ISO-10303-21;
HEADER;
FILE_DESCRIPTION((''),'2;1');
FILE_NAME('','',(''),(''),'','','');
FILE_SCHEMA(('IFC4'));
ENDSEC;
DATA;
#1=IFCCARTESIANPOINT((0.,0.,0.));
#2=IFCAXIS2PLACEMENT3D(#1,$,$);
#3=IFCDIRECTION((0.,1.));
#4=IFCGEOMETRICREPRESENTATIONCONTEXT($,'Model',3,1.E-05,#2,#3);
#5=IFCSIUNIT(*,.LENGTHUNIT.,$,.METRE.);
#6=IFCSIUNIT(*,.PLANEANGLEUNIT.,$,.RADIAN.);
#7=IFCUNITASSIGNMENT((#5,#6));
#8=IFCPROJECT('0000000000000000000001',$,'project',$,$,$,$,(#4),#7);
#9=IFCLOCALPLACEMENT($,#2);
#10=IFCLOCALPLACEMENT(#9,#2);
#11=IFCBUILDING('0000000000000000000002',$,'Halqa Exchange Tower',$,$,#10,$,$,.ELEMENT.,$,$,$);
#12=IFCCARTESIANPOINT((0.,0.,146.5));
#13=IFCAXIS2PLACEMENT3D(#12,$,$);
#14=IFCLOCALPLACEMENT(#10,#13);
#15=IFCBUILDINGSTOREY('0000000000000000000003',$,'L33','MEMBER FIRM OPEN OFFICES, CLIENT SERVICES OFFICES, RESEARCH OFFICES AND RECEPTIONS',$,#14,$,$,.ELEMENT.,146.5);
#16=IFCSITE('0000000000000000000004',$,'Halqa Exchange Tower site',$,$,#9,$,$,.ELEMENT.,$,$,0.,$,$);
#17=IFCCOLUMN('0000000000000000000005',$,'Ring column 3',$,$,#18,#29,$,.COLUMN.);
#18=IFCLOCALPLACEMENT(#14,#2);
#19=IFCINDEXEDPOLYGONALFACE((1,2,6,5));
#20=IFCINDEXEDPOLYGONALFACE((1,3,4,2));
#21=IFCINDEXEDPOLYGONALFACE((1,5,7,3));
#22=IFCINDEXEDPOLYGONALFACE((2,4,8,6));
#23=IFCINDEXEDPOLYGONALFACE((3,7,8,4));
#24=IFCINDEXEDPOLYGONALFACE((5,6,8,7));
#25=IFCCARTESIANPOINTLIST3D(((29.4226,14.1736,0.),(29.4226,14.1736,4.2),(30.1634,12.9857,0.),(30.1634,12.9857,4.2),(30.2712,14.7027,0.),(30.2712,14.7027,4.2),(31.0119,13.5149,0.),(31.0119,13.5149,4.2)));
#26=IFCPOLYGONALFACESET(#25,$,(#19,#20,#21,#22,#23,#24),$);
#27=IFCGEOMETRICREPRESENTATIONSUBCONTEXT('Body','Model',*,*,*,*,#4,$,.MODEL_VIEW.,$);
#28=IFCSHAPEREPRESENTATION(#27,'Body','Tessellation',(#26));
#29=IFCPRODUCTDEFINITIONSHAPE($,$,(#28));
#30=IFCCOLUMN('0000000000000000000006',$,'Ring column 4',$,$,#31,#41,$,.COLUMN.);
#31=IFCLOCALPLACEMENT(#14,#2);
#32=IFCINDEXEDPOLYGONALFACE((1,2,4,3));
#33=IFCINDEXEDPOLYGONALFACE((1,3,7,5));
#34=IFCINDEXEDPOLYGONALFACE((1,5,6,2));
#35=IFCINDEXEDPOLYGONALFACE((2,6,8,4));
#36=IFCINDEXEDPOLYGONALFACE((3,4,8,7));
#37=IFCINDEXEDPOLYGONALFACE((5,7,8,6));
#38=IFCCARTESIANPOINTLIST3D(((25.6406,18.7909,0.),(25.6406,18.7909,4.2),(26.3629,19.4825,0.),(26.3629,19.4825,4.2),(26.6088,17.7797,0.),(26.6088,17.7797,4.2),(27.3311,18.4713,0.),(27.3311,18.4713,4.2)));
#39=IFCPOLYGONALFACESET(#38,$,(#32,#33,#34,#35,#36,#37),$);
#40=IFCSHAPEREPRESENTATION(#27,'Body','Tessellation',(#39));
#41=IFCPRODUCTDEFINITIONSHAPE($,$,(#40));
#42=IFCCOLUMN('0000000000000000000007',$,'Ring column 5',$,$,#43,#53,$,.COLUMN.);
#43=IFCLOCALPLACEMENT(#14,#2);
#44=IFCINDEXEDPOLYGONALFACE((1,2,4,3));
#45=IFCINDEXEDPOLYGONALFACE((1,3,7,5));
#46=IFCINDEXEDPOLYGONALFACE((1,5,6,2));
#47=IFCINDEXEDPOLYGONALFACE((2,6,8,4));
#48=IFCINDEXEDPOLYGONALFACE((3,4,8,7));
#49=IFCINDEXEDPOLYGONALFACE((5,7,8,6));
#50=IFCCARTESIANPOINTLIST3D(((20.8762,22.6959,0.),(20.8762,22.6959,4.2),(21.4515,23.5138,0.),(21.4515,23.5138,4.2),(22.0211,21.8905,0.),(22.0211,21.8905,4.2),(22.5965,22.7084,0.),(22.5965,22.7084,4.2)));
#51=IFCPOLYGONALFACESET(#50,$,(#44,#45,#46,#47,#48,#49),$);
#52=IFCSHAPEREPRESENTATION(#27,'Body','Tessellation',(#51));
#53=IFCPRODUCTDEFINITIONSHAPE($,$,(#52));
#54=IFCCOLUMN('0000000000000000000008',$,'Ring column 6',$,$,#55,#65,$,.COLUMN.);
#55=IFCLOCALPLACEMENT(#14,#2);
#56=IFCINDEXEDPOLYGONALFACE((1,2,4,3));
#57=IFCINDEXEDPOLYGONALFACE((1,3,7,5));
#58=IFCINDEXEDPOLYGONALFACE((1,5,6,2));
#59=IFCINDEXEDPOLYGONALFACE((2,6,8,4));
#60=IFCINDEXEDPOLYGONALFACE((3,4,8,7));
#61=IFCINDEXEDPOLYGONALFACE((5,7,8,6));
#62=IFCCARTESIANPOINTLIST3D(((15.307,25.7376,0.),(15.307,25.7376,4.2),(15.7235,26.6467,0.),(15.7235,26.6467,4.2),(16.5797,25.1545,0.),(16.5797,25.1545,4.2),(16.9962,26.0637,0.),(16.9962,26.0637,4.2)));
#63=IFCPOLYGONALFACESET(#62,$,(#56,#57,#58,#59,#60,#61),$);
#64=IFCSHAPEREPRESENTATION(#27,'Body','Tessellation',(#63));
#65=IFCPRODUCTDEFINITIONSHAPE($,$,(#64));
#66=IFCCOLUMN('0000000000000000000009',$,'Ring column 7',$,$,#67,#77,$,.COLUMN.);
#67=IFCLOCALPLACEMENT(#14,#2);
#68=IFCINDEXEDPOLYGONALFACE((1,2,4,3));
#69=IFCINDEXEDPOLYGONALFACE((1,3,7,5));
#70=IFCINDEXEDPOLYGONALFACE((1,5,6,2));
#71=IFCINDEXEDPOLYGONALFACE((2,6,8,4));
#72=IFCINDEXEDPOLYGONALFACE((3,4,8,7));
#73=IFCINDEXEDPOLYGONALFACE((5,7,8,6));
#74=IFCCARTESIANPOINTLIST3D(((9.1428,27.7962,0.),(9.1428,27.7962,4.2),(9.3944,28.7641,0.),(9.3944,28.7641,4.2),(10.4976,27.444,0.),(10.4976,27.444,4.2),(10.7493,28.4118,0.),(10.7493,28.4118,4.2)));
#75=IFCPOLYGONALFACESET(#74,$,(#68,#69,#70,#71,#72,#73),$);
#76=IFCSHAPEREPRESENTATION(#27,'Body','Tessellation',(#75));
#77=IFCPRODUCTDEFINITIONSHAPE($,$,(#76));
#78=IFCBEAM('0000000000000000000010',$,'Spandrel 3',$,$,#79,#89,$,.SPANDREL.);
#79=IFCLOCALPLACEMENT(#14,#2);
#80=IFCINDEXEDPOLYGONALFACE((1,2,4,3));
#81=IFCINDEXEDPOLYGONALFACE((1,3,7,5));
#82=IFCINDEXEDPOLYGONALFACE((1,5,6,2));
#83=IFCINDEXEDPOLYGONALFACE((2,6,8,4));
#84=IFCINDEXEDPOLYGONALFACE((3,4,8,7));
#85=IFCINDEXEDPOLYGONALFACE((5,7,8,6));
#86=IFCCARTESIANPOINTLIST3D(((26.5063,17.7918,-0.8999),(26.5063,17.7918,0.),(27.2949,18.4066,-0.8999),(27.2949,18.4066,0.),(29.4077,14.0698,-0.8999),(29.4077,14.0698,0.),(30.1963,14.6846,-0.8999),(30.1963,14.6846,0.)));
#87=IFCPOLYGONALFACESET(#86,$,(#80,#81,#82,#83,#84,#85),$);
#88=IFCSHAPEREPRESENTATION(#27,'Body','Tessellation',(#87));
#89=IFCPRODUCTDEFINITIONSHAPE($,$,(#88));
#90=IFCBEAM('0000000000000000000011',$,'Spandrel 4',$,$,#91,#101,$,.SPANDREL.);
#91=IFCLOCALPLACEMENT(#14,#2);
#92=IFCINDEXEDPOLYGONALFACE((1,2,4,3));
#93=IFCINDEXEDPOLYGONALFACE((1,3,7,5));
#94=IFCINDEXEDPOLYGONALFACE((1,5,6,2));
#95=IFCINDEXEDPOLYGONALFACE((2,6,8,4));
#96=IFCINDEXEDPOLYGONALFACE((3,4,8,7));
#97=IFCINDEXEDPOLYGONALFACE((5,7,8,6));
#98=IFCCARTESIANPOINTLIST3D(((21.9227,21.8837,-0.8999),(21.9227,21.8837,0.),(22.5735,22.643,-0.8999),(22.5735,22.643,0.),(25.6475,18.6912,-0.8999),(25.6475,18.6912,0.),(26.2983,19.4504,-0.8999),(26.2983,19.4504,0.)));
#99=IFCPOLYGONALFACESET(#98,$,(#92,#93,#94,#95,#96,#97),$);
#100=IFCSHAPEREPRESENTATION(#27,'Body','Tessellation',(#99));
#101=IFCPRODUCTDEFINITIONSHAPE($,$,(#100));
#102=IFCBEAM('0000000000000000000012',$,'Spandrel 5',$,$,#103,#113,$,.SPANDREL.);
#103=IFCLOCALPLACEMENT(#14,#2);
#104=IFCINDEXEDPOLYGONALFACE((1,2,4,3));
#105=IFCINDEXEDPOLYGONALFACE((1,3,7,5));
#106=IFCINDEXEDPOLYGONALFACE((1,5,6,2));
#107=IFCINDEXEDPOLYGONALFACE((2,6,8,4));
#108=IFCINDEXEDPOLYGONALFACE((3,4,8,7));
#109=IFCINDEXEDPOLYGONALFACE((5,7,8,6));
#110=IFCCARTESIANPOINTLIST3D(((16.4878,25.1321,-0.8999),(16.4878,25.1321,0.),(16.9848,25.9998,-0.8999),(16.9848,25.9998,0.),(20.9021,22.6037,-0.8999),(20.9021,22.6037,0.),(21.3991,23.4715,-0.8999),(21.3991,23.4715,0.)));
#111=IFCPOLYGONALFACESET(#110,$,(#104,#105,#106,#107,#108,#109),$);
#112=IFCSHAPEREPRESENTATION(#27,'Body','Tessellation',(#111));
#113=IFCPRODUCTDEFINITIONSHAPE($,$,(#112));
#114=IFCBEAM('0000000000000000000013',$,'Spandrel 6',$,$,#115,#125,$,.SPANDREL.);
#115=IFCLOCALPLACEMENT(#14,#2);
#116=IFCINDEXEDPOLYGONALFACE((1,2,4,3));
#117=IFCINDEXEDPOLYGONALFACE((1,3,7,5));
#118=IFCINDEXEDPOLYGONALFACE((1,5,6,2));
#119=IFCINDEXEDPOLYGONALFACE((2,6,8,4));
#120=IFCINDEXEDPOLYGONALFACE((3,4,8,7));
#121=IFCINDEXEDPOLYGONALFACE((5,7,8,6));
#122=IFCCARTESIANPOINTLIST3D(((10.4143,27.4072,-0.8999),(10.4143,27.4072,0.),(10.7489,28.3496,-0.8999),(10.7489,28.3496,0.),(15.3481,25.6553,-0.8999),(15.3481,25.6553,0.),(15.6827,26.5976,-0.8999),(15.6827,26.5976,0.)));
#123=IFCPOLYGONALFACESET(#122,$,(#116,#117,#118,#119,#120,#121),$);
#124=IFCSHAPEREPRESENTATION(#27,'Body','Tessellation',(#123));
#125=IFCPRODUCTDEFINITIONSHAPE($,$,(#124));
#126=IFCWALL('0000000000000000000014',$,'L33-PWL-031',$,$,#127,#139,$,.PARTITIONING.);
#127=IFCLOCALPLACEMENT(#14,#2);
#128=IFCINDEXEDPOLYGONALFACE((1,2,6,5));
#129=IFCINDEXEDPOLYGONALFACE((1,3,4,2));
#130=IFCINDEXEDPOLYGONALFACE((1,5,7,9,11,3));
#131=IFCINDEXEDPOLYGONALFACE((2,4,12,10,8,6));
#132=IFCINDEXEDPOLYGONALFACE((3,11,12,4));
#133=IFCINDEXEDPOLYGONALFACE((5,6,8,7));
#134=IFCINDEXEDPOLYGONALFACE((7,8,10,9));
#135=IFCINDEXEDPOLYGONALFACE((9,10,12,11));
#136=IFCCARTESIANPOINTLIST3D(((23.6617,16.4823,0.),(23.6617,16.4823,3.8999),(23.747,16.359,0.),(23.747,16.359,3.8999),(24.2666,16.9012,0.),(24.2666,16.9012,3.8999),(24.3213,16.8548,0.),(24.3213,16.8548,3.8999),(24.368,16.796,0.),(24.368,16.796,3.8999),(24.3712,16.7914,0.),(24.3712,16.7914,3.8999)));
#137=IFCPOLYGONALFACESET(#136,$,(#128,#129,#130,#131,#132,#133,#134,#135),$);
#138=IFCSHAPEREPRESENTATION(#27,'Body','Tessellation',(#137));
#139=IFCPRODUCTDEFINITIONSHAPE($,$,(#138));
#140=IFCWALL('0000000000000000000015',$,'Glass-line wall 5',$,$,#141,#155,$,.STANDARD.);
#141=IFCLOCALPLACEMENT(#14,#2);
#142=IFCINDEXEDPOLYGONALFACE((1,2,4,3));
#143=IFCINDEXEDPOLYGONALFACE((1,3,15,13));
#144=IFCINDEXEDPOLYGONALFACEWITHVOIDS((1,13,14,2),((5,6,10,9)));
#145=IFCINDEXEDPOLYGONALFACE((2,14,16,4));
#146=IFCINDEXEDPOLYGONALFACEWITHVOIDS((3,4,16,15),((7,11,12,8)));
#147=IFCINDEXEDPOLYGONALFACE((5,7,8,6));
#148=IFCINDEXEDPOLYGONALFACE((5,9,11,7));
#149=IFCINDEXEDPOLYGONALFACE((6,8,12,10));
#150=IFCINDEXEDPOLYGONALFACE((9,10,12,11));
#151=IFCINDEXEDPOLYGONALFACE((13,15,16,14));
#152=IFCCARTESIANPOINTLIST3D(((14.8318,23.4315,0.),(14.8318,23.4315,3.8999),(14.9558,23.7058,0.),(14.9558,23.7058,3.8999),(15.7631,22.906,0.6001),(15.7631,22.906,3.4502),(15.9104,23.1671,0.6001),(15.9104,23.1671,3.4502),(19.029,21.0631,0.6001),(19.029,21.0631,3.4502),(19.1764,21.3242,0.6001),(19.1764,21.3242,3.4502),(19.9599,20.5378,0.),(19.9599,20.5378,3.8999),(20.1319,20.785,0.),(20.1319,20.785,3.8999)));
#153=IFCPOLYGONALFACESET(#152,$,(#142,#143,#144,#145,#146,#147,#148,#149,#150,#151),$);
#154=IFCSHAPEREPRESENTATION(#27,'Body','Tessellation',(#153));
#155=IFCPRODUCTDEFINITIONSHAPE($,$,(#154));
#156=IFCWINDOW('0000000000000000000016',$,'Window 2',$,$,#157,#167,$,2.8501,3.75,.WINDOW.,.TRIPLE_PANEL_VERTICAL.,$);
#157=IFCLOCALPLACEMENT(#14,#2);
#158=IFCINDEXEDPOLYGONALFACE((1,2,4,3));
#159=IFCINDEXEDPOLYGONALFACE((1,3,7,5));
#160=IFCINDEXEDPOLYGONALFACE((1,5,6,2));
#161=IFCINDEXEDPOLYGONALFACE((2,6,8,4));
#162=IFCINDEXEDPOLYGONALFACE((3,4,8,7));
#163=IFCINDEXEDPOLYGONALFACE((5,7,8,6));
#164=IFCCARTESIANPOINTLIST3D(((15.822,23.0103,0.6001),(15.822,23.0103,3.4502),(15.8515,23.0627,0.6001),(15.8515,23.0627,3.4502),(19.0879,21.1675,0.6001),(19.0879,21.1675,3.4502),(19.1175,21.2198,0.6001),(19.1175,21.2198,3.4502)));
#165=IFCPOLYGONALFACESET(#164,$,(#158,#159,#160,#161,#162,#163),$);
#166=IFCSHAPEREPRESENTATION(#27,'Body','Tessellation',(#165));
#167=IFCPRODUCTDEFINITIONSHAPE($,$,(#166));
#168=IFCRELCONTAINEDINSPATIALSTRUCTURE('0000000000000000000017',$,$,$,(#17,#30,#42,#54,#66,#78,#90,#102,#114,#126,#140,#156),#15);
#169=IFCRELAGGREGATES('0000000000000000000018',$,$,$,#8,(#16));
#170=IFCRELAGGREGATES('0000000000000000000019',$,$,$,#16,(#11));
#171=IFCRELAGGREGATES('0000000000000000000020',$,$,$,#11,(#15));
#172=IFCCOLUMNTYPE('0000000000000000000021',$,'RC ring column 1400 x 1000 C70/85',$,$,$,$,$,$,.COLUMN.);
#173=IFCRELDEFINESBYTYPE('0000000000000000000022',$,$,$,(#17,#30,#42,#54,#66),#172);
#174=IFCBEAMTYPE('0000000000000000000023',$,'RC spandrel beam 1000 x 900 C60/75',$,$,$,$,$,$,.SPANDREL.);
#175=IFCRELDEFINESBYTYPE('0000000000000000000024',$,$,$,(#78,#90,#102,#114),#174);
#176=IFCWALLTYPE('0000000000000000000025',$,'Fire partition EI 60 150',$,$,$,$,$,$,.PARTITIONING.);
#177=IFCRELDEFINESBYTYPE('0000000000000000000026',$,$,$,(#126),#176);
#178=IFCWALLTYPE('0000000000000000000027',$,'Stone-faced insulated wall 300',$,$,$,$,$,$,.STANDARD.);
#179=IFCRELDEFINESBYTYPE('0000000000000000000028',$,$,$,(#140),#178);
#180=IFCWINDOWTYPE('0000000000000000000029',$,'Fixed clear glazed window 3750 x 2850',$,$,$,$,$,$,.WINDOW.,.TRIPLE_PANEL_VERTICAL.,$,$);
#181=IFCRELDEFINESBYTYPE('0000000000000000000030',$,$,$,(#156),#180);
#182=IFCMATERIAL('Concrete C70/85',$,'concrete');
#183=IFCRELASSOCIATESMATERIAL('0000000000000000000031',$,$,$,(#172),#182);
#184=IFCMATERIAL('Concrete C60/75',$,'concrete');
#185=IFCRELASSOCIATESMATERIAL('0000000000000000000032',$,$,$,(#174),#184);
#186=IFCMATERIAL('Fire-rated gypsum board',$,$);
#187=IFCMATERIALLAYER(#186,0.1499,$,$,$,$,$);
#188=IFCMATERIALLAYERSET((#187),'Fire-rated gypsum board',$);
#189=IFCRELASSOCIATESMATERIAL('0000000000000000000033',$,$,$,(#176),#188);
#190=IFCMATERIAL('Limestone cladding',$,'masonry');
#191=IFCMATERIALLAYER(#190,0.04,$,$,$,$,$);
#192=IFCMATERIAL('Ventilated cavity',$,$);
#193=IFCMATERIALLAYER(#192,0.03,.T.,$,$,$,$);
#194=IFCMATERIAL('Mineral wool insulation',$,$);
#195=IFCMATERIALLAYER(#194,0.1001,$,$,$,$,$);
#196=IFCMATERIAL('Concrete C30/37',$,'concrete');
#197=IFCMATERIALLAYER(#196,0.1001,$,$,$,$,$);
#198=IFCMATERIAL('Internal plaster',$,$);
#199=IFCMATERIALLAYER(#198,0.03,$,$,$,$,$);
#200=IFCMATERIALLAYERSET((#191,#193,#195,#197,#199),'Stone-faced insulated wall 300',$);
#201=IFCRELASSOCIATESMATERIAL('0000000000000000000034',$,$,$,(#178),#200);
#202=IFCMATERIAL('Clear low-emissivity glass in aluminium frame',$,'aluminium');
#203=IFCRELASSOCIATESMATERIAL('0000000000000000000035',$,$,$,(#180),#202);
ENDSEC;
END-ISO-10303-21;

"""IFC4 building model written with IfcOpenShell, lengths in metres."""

from ifc_helpers import new_model, si_unit, direction, frame, frame_2d, origin, origin_2d, place, context, subcontext, project, spatial, polyline, rectangle, outline, extrude, material, layer, layer_set, material_profile, profile_set, type_object, element, fill, save


model = new_model("IFC4")

# Units and contexts
model_context = context("Model", 3, precision=1e-05, world=origin(), true_north=direction((0.0, 1.0)))
body_context = subcontext(model_context, "Body", "Model", "MODEL_VIEW")
ifc_project = project(units=[si_unit("LENGTHUNIT", "METRE"), si_unit("PLANEANGLEUNIT", "RADIAN")], contexts=[model_context])

# Site, building, storey
site_placement = place(None, origin())
site = spatial("IfcSite", under=ifc_project, at=site_placement, Name="Halqa Exchange Tower site", CompositionType="ELEMENT", RefElevation=0.0)
building_placement = place(site_placement, origin())
building = spatial("IfcBuilding", under=site, at=building_placement, Name="Halqa Exchange Tower", CompositionType="ELEMENT")
storey_placement = place(building_placement, frame((0.0, 0.0, 146.5)))
storey = spatial("IfcBuildingStorey", under=building, at=storey_placement, Name="L33", Description="MEMBER FIRM OPEN OFFICES, CLIENT SERVICES OFFICES, RESEARCH OFFICES AND RECEPTIONS", CompositionType="ELEMENT", Elevation=146.5)

# Columns
ifc_material_1 = material(Name="Concrete C70/85", Category="concrete")
ifc_material_profile_1 = material_profile(ifc_material_1, rectangle(XDim=1.3999, YDim=1.0, at=origin_2d()), Name="1400 x 1000")
ifc_profile_set_1 = profile_set([ifc_material_profile_1], Name="Concrete C70/85")
column_type = type_object("IfcColumnType", Name="RC ring column 1400 x 1000 C70/85", PredefinedType="COLUMN", material=ifc_profile_set_1)
for number, where, z_axis, x_axis, name in (
    (1, (30.2173, 13.8442, 0.0), (0.0, 0.0, 1.0), (-0.529138, 0.848536, 0.0), "Ring column 3"),
    (2, (26.4858, 18.6311, 0.0), (0.0, 0.0, 1.0), (-0.691574, 0.722306, 0.0), "Ring column 4"),
    (3, (21.7363, 22.7021, 0.0), (0.0, 0.0, 1.0), (-0.817908, 0.575349, 0.0), "Ring column 5"),
    (4, (16.1516, 25.9006, 0.0), (0.0, 0.0, 1.0), (-0.909127, 0.416519, 0.0), "Ring column 6"),
    (5, (9.946, 28.104, 0.0), (0.0, 0.0, 1.0), (-0.96782, 0.251645, 0.0), "Ring column 7"),
):
    element("IfcColumn", number, at=place(storey_placement, frame(where, z_axis=z_axis, x_axis=x_axis)), inside=storey, type_object=column_type, Name=name, PredefinedType="COLUMN", context=body_context, shape_type="SweptSolid", body=[
        extrude(rectangle(XDim=1.3999, YDim=1.0, at=origin_2d()), origin(), (0.0, 0.0, 1.0), 4.2),
    ])

# Beams
ifc_material_2 = material(Name="Concrete C60/75", Category="concrete")
ifc_material_profile_2 = material_profile(ifc_material_2, rectangle(XDim=1.0, YDim=0.8999, at=origin_2d()), Name="1000 x 900")
ifc_profile_set_2 = profile_set([ifc_material_profile_2], Name="Concrete C60/75")
beam_type = type_object("IfcBeamType", Name="RC spandrel beam 1000 x 900 C60/75", PredefinedType="SPANDREL", material=ifc_profile_set_2)
beam_1_placement = place(storey_placement, frame((29.802, 14.3772, -0.45), z_axis=(-0.614803, 0.78868, 0.0), x_axis=(-0.78868, -0.614803, 0.0)))
element("IfcBeam", 6, at=beam_1_placement, inside=storey, type_object=beam_type, Name="Spandrel 3", PredefinedType="SPANDREL", context=body_context, shape_type="SweptSolid", body=[
    extrude(rectangle(XDim=1.0, YDim=0.8999, at=origin_2d()), origin(), (0.0, 0.0, 1.0), 4.7192),
])
beam_2_placement = place(storey_placement, frame((25.9729, 19.0708, -0.45), z_axis=(-0.759267, 0.650779, 0.0), x_axis=(-0.650779, -0.759267, 0.0)))
element("IfcBeam", 7, at=beam_2_placement, inside=storey, type_object=beam_type, Name="Spandrel 4", PredefinedType="SPANDREL", context=body_context, shape_type="SweptSolid", body=[
    extrude(rectangle(XDim=1.0, YDim=0.8999, at=origin_2d()), origin(), (0.0, 0.0, 1.0), 4.9058),
])
beam_3_placement = place(storey_placement, frame((21.1506, 23.0376, -0.45), z_axis=(-0.867747, 0.497007, 0.0), x_axis=(-0.497007, -0.867747, 0.0)))
element("IfcBeam", 8, at=beam_3_placement, inside=storey, type_object=beam_type, Name="Spandrel 5", PredefinedType="SPANDREL", context=body_context, shape_type="SweptSolid", body=[
    extrude(rectangle(XDim=1.0, YDim=0.8999, at=origin_2d()), origin(), (0.0, 0.0, 1.0), 5.0872),
])
beam_4_placement = place(storey_placement, frame((15.5154, 26.1265, -0.45), z_axis=(-0.942353, 0.33462, 0.0), x_axis=(-0.33462, -0.942353, 0.0)))
element("IfcBeam", 9, at=beam_4_placement, inside=storey, type_object=beam_type, Name="Spandrel 6", PredefinedType="SPANDREL", context=body_context, shape_type="SweptSolid", body=[
    extrude(rectangle(XDim=1.0, YDim=0.8999, at=origin_2d()), origin(), (0.0, 0.0, 1.0), 5.2356),
])

# Wall
ifc_material_3 = material(Name="Fire-rated gypsum board")
ifc_layer_1 = layer(ifc_material_3, 0.1499)
ifc_layer_set_1 = layer_set([ifc_layer_1], Name="Fire-rated gypsum board")
wall_type_1 = type_object("IfcWallType", Name="Fire partition EI 60 150", PredefinedType="PARTITIONING", material=ifc_layer_set_1)
wall_1_placement = place(storey_placement, frame((23.7043, 16.4207, 0.0), z_axis=(0.0, 0.0, 1.0), x_axis=(0.822076, 0.569377, 0.0)))
element("IfcWall", 10, at=wall_1_placement, inside=storey, type_object=wall_type_1, Name="L33-PWL-031", PredefinedType="PARTITIONING", context=body_context, shape_type="SweptSolid", body=[
    extrude(outline(polyline([(0.7593, -0.075), (0.7593, -0.0693), (0.7544, 0.0056), (0.7358, 0.075), (0.0, 0.075), (0.0, -0.075), (0.7593, -0.075)])), origin(), (0.0, 0.0, 1.0), 3.8999),
])

# Shared definitions
ifc_material_4 = material(Name="Limestone cladding", Category="masonry")
ifc_layer_2 = layer(ifc_material_4, 0.04)
ifc_material_5 = material(Name="Ventilated cavity")
ifc_layer_3 = layer(ifc_material_5, 0.03, ventilated=True)
ifc_material_6 = material(Name="Mineral wool insulation")
ifc_layer_4 = layer(ifc_material_6, 0.1001)
ifc_material_7 = material(Name="Concrete C30/37", Category="concrete")
ifc_layer_5 = layer(ifc_material_7, 0.1001)
ifc_material_8 = material(Name="Internal plaster")
ifc_layer_6 = layer(ifc_material_8, 0.03)
ifc_layer_set_2 = layer_set([ifc_layer_2, ifc_layer_3, ifc_layer_4, ifc_layer_5, ifc_layer_6], Name="Stone-faced insulated wall 300")
wall_type_2 = type_object("IfcWallType", Name="Stone-faced insulated wall 300", PredefinedType="STANDARD", material=ifc_layer_set_2)
ifc_material_9 = material(Name="Clear low-emissivity glass in aluminium frame", Category="aluminium")

# Wall, opening, window
wall_2_placement = place(storey_placement, frame((20.0459, 20.6614, 0.0), z_axis=(0.0, 0.0, 1.0), x_axis=(-0.870912, 0.491438, 0.0)))
wall_2 = element("IfcWall", 11, at=wall_2_placement, inside=storey, type_object=wall_type_2, Name="Glass-line wall 5", PredefinedType="STANDARD", context=body_context, shape_type="SweptSolid", body=[
    extrude(outline(polyline([(-0.0142, -0.1499), (5.9292, -0.1499), (5.9023, 0.1499), (0.0142, 0.1499), (-0.0142, -0.1499)])), origin(), (0.0, 0.0, 1.0), 3.8999),
])
opening_1_placement = place(wall_2_placement, frame((1.083, 0.0, 0.6001)))
opening_1 = element("IfcOpeningElement", 12, at=opening_1_placement, cuts=wall_2, PredefinedType="OPENING", context=body_context, shape_type="SweptSolid", body=[
    extrude(rectangle(XDim=3.75, YDim=2.8501, at=frame_2d((1.875, 1.425))), frame((0.0, 0.1621, 0.0), z_axis=(0.0, -1.0, 0.0), x_axis=(1.0, 0.0, 0.0)), (0.0, 0.0, 1.0), 0.324),
])
window_type = type_object("IfcWindowType", Name="Fixed clear glazed window 3750 x 2850", PartitioningType="TRIPLE_PANEL_VERTICAL", PredefinedType="WINDOW", material=ifc_material_9)
window_1_placement = place(opening_1_placement, origin())
window_1 = element("IfcWindow", 13, at=window_1_placement, inside=storey, type_object=window_type, Name="Window 2", OverallHeight=2.8501, OverallWidth=3.75, PartitioningType="TRIPLE_PANEL_VERTICAL", PredefinedType="WINDOW", context=body_context, shape_type="SweptSolid", body=[
    extrude(rectangle(XDim=3.75, YDim=2.8501, at=frame_2d((1.875, 1.425))), frame((0.0, 0.03, 0.0), z_axis=(0.0, -1.0, 0.0), x_axis=(1.0, 0.0, 0.0)), (0.0, 0.0, 1.0), 0.0601),
])
fill(opening_1, window_1)

save(model, "model.ifc")
